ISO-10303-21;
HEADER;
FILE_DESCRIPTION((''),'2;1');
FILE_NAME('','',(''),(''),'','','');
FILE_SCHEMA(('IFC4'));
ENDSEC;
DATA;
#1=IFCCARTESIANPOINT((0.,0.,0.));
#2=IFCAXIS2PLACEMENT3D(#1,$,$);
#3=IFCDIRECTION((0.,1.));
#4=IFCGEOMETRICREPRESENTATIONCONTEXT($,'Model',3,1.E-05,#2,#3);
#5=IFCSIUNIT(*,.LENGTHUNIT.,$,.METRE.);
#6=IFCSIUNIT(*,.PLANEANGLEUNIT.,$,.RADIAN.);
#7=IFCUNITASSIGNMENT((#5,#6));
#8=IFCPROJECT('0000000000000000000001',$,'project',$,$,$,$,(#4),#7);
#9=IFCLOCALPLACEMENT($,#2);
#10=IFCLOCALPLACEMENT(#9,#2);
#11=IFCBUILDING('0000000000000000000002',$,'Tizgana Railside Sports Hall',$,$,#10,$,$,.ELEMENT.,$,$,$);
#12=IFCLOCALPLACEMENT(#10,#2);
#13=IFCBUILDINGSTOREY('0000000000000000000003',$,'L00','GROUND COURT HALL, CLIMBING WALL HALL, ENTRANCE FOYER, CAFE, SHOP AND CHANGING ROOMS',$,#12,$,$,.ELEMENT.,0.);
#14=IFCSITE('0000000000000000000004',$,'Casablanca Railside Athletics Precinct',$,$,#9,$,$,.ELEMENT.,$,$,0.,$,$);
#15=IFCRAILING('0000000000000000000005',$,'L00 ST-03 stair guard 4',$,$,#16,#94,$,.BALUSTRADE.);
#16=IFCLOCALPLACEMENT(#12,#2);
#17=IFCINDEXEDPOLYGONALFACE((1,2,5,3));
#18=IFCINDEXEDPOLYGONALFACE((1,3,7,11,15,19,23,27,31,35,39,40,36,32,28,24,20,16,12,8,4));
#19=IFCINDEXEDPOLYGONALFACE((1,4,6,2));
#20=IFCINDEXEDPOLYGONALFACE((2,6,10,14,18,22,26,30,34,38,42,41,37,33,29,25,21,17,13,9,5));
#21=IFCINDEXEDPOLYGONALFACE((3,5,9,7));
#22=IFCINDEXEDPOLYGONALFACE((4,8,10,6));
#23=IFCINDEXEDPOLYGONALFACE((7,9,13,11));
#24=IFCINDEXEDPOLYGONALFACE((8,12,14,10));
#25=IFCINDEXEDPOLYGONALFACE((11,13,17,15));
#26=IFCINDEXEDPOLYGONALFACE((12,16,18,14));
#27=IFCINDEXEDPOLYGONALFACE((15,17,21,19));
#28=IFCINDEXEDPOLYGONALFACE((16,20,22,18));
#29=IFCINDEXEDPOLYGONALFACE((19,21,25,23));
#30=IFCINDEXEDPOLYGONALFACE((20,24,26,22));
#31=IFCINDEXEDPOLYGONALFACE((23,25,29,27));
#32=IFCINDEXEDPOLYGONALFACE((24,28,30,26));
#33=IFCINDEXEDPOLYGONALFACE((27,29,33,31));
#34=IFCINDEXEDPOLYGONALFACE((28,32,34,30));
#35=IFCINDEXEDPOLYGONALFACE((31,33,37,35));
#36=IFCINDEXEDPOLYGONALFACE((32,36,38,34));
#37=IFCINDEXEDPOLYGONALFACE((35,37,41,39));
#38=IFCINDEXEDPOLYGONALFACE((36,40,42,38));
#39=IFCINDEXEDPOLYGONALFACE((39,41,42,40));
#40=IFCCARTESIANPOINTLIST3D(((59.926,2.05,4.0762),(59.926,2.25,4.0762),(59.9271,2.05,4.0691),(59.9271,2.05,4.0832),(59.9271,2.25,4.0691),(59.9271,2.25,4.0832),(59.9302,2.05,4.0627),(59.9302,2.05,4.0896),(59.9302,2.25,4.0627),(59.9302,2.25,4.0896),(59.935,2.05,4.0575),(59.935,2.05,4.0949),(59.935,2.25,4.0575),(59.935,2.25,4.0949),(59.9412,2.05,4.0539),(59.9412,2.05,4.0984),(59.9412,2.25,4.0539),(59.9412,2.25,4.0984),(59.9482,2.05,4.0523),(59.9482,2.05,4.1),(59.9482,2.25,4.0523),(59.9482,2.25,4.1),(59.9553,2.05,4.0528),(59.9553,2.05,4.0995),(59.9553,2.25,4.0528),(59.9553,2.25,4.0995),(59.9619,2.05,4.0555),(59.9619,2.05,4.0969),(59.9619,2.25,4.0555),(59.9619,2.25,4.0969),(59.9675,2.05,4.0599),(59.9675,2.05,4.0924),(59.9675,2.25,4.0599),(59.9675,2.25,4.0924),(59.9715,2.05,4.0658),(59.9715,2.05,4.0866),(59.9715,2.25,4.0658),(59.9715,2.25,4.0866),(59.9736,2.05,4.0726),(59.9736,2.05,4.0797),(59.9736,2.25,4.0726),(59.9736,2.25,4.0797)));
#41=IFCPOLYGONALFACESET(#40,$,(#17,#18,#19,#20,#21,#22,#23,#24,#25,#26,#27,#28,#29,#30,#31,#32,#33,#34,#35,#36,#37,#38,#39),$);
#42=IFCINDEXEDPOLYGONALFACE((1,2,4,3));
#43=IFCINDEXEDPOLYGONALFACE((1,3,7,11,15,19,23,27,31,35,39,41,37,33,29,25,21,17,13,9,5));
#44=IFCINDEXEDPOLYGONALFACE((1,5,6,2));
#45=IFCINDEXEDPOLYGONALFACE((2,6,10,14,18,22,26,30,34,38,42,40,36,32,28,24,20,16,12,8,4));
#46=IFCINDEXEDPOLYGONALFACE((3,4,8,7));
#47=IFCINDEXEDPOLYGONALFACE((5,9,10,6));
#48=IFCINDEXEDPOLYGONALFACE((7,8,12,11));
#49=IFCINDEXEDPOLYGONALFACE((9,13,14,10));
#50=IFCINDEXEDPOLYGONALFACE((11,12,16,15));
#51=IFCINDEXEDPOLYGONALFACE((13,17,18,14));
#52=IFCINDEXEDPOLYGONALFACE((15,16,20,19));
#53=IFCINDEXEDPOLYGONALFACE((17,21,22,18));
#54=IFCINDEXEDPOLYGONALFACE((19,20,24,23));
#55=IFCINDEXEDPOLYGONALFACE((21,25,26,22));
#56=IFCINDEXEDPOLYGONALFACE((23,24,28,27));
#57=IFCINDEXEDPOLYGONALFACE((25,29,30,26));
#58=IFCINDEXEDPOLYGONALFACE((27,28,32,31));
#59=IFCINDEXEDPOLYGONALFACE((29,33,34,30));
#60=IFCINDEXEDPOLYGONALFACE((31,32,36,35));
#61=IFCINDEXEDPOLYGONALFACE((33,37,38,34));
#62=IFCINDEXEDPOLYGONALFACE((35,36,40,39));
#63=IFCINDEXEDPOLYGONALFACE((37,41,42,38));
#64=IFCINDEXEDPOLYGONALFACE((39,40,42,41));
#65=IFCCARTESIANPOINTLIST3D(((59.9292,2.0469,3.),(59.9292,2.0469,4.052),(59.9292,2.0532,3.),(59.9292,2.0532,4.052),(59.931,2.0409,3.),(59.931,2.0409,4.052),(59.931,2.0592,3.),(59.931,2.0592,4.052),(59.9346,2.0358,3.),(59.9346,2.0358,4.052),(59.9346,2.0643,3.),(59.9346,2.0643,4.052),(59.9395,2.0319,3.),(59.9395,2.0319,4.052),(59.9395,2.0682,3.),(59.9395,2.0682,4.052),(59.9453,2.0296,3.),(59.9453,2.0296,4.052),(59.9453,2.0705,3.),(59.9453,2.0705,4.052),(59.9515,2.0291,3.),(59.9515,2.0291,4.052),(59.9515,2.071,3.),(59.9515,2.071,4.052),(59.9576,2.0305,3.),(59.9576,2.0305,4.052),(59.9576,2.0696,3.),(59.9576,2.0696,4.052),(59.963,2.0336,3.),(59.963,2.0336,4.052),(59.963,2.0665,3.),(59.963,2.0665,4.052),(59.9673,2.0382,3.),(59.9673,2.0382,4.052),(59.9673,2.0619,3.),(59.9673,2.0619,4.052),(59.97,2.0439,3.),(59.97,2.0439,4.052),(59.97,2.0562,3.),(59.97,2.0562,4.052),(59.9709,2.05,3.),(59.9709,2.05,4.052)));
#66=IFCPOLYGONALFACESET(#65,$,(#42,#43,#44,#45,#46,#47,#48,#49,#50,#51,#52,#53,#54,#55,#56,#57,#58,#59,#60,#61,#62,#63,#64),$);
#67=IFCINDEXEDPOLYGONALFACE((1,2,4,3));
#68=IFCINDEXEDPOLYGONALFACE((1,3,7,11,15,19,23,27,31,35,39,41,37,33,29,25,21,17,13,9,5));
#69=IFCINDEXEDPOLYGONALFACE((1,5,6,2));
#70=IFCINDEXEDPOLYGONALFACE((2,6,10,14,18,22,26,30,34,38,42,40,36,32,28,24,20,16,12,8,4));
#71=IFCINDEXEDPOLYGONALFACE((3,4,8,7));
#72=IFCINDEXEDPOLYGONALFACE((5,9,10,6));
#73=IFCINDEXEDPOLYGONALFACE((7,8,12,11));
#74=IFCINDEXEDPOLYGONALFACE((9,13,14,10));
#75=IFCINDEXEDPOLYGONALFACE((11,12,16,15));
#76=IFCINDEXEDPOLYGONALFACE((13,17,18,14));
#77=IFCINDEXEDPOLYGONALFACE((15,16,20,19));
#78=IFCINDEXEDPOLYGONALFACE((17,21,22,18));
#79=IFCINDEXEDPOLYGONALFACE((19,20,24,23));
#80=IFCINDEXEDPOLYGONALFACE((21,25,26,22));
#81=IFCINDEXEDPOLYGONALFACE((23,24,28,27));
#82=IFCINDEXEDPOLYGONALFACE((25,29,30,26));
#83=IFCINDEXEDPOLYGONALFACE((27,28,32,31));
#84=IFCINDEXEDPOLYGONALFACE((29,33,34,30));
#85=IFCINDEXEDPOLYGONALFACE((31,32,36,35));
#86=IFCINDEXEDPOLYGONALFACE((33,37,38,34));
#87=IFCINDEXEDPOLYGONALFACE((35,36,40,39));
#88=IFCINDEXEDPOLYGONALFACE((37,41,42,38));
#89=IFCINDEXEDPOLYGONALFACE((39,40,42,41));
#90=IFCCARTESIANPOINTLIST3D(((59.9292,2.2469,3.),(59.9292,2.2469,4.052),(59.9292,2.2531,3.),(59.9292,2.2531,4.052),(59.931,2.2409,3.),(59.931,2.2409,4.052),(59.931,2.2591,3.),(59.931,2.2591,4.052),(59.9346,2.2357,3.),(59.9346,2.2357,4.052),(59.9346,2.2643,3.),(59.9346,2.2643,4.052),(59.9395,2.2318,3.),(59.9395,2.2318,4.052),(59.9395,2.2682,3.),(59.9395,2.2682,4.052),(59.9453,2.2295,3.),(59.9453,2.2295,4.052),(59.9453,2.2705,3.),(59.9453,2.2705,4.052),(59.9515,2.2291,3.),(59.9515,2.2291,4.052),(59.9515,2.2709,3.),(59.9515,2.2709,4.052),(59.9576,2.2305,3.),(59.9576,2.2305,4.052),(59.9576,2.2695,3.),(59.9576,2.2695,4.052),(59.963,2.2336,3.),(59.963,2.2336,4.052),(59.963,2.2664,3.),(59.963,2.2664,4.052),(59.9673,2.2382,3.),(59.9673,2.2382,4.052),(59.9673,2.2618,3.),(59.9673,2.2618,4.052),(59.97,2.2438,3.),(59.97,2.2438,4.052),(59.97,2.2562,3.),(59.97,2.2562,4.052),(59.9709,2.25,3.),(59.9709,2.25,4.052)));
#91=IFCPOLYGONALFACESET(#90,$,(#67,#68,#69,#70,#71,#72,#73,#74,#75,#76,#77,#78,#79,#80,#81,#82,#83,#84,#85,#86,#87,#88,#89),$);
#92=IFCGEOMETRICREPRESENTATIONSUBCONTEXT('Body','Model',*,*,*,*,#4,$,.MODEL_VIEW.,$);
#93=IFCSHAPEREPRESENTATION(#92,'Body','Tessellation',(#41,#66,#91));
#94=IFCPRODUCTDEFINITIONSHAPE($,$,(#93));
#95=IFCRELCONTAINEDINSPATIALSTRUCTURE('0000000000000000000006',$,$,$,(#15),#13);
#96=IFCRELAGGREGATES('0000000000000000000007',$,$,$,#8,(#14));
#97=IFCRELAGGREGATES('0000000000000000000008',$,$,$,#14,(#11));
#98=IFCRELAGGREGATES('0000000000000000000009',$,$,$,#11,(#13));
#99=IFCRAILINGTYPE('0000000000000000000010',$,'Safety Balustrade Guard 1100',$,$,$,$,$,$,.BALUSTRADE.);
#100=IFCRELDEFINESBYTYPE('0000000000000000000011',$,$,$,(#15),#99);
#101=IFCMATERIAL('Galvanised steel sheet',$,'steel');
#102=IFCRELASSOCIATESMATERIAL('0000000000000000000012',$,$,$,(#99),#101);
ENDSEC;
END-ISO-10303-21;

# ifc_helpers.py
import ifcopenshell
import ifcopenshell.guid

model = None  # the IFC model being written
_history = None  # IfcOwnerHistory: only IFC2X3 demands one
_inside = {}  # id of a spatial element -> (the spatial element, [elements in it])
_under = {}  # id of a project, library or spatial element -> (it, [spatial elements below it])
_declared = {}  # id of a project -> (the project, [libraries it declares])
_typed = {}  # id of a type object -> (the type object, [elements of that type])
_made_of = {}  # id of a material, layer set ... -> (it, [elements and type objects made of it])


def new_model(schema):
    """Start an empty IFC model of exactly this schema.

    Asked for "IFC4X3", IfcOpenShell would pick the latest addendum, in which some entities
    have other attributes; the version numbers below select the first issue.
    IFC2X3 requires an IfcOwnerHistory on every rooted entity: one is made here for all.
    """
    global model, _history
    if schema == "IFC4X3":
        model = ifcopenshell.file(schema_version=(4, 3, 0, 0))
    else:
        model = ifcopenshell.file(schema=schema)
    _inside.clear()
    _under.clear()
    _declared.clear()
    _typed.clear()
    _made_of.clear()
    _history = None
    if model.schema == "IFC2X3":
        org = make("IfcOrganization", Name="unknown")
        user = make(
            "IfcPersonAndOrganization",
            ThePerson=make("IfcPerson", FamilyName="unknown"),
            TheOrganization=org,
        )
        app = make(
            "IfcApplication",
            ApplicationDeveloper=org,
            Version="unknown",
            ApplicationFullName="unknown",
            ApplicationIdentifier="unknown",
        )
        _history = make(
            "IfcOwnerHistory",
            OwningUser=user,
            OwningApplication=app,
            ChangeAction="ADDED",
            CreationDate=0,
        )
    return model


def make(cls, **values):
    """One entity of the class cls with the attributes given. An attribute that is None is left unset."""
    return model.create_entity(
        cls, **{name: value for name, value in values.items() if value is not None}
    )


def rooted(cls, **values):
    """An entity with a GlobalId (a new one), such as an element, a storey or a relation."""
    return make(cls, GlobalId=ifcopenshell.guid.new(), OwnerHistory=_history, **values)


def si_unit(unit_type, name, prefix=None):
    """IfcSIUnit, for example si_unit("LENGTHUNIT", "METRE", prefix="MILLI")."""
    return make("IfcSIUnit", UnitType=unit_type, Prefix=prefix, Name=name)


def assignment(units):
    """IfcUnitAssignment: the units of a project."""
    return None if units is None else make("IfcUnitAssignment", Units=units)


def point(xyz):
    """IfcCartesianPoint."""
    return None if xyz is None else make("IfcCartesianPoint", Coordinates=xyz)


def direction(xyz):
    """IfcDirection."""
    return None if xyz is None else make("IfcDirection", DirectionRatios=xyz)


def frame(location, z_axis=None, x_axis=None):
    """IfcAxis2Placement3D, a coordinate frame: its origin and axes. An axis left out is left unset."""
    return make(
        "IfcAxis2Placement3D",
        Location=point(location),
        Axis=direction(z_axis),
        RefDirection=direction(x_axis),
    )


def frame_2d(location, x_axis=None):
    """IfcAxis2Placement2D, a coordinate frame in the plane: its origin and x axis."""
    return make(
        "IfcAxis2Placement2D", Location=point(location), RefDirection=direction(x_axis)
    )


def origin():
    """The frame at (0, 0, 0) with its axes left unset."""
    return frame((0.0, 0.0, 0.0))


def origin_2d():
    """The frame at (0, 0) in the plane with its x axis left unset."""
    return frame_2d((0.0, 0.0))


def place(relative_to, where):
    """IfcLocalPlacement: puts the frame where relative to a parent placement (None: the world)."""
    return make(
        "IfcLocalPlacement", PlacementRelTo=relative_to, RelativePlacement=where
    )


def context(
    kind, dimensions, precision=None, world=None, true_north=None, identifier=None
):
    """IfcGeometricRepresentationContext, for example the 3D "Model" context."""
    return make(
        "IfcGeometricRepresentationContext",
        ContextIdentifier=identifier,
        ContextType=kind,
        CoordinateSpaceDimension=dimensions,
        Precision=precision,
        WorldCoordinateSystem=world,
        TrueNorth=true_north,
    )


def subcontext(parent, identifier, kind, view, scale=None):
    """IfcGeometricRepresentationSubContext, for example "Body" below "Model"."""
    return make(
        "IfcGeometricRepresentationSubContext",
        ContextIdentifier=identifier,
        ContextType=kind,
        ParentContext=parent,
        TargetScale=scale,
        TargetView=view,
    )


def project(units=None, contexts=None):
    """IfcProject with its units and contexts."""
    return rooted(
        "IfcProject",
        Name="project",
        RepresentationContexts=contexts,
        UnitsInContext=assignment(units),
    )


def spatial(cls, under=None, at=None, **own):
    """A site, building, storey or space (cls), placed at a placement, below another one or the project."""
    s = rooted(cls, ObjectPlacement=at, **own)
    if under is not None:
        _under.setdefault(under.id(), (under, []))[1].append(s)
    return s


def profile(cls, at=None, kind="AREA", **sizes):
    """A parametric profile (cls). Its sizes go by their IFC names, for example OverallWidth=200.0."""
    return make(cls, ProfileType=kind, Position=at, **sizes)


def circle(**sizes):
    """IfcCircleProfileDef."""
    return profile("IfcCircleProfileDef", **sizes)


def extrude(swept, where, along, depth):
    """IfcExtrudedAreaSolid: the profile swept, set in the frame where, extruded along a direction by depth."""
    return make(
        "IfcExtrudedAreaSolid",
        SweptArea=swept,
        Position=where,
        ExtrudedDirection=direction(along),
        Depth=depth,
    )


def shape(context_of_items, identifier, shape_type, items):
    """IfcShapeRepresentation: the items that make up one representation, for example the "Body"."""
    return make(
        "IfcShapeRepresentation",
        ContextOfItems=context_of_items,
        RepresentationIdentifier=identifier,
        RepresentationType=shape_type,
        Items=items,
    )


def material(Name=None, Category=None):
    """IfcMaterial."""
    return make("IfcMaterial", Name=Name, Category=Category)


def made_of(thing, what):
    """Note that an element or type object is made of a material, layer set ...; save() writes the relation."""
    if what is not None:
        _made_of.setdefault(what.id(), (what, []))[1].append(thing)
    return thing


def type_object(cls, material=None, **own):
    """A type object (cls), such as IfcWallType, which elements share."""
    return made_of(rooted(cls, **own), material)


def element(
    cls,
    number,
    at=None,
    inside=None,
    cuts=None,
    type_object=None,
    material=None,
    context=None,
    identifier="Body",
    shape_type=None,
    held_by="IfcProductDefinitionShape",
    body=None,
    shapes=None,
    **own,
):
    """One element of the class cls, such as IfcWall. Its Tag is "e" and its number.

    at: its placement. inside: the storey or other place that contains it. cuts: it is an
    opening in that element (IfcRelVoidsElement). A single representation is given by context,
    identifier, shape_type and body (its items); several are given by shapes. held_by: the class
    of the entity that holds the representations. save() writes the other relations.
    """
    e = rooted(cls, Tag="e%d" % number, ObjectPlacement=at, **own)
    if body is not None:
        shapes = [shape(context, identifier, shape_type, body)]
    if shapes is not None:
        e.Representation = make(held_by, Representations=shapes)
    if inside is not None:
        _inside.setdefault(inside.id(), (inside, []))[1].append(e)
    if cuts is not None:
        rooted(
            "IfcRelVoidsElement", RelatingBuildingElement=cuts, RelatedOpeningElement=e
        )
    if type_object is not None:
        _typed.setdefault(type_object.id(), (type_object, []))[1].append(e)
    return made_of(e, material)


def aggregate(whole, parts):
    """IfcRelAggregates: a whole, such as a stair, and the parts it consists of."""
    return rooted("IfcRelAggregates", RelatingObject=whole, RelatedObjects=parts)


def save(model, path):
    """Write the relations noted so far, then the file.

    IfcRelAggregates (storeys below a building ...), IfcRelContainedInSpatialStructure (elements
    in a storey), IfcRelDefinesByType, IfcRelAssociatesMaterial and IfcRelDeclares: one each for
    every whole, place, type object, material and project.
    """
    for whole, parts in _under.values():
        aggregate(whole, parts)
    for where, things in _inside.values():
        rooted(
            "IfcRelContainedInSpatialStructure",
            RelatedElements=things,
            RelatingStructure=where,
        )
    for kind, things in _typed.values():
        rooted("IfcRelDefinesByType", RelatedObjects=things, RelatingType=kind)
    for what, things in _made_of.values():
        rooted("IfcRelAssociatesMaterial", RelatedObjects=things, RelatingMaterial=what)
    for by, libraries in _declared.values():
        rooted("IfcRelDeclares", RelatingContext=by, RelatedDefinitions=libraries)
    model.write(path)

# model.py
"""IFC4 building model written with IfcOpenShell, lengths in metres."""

from ifc_helpers import new_model, si_unit, direction, frame, origin, origin_2d, place, context, subcontext, project, spatial, circle, extrude, material, type_object, element, save


model = new_model("IFC4")

# Units and contexts
model_context = context("Model", 3, precision=1e-05, world=origin(), true_north=direction((0.0, 1.0)))
body_context = subcontext(model_context, "Body", "Model", "MODEL_VIEW")
ifc_project = project(units=[si_unit("LENGTHUNIT", "METRE"), si_unit("PLANEANGLEUNIT", "RADIAN")], contexts=[model_context])

# Site, building, storey
site_placement = place(None, origin())
site = spatial("IfcSite", under=ifc_project, at=site_placement, Name="Casablanca Railside Athletics Precinct", CompositionType="ELEMENT", RefElevation=0.0)
building_placement = place(site_placement, origin())
building = spatial("IfcBuilding", under=site, at=building_placement, Name="Tizgana Railside Sports Hall", CompositionType="ELEMENT")
storey_placement = place(building_placement, origin())
storey = spatial("IfcBuildingStorey", under=building, at=storey_placement, Name="L00", Description="GROUND COURT HALL, CLIMBING WALL HALL, ENTRANCE FOYER, CAFE, SHOP AND CHANGING ROOMS", CompositionType="ELEMENT", Elevation=0.0)

# Railing
ifc_material_1 = material(Name="Galvanised steel sheet", Category="steel")
railing_type_1 = type_object("IfcRailingType", Name="Safety Balustrade Guard 1100", PredefinedType="BALUSTRADE", material=ifc_material_1)
railing_1_placement = place(storey_placement, frame((59.95, 2.05, 3.0)))
element("IfcRailing", 1, at=railing_1_placement, inside=storey, type_object=railing_type_1, Name="L00 ST-03 stair guard 4", PredefinedType="BALUSTRADE", context=body_context, shape_type="SweptSolid", body=[
    extrude(circle(Radius=0.0239, at=origin_2d()), frame((0.0, 0.0, 1.0762), z_axis=(0.0, 1.0, 0.0), x_axis=(-1.0, 0.0, 0.0)), (0.0, 0.0, 1.0), 0.2),
    extrude(circle(Radius=0.021, at=origin_2d()), origin(), (0.0, 0.0, 1.0), 1.052),
    extrude(circle(Radius=0.021, at=origin_2d()), frame((0.0, 0.2, 0.0)), (0.0, 0.0, 1.0), 1.052),
])

save(model, "model.ifc")
